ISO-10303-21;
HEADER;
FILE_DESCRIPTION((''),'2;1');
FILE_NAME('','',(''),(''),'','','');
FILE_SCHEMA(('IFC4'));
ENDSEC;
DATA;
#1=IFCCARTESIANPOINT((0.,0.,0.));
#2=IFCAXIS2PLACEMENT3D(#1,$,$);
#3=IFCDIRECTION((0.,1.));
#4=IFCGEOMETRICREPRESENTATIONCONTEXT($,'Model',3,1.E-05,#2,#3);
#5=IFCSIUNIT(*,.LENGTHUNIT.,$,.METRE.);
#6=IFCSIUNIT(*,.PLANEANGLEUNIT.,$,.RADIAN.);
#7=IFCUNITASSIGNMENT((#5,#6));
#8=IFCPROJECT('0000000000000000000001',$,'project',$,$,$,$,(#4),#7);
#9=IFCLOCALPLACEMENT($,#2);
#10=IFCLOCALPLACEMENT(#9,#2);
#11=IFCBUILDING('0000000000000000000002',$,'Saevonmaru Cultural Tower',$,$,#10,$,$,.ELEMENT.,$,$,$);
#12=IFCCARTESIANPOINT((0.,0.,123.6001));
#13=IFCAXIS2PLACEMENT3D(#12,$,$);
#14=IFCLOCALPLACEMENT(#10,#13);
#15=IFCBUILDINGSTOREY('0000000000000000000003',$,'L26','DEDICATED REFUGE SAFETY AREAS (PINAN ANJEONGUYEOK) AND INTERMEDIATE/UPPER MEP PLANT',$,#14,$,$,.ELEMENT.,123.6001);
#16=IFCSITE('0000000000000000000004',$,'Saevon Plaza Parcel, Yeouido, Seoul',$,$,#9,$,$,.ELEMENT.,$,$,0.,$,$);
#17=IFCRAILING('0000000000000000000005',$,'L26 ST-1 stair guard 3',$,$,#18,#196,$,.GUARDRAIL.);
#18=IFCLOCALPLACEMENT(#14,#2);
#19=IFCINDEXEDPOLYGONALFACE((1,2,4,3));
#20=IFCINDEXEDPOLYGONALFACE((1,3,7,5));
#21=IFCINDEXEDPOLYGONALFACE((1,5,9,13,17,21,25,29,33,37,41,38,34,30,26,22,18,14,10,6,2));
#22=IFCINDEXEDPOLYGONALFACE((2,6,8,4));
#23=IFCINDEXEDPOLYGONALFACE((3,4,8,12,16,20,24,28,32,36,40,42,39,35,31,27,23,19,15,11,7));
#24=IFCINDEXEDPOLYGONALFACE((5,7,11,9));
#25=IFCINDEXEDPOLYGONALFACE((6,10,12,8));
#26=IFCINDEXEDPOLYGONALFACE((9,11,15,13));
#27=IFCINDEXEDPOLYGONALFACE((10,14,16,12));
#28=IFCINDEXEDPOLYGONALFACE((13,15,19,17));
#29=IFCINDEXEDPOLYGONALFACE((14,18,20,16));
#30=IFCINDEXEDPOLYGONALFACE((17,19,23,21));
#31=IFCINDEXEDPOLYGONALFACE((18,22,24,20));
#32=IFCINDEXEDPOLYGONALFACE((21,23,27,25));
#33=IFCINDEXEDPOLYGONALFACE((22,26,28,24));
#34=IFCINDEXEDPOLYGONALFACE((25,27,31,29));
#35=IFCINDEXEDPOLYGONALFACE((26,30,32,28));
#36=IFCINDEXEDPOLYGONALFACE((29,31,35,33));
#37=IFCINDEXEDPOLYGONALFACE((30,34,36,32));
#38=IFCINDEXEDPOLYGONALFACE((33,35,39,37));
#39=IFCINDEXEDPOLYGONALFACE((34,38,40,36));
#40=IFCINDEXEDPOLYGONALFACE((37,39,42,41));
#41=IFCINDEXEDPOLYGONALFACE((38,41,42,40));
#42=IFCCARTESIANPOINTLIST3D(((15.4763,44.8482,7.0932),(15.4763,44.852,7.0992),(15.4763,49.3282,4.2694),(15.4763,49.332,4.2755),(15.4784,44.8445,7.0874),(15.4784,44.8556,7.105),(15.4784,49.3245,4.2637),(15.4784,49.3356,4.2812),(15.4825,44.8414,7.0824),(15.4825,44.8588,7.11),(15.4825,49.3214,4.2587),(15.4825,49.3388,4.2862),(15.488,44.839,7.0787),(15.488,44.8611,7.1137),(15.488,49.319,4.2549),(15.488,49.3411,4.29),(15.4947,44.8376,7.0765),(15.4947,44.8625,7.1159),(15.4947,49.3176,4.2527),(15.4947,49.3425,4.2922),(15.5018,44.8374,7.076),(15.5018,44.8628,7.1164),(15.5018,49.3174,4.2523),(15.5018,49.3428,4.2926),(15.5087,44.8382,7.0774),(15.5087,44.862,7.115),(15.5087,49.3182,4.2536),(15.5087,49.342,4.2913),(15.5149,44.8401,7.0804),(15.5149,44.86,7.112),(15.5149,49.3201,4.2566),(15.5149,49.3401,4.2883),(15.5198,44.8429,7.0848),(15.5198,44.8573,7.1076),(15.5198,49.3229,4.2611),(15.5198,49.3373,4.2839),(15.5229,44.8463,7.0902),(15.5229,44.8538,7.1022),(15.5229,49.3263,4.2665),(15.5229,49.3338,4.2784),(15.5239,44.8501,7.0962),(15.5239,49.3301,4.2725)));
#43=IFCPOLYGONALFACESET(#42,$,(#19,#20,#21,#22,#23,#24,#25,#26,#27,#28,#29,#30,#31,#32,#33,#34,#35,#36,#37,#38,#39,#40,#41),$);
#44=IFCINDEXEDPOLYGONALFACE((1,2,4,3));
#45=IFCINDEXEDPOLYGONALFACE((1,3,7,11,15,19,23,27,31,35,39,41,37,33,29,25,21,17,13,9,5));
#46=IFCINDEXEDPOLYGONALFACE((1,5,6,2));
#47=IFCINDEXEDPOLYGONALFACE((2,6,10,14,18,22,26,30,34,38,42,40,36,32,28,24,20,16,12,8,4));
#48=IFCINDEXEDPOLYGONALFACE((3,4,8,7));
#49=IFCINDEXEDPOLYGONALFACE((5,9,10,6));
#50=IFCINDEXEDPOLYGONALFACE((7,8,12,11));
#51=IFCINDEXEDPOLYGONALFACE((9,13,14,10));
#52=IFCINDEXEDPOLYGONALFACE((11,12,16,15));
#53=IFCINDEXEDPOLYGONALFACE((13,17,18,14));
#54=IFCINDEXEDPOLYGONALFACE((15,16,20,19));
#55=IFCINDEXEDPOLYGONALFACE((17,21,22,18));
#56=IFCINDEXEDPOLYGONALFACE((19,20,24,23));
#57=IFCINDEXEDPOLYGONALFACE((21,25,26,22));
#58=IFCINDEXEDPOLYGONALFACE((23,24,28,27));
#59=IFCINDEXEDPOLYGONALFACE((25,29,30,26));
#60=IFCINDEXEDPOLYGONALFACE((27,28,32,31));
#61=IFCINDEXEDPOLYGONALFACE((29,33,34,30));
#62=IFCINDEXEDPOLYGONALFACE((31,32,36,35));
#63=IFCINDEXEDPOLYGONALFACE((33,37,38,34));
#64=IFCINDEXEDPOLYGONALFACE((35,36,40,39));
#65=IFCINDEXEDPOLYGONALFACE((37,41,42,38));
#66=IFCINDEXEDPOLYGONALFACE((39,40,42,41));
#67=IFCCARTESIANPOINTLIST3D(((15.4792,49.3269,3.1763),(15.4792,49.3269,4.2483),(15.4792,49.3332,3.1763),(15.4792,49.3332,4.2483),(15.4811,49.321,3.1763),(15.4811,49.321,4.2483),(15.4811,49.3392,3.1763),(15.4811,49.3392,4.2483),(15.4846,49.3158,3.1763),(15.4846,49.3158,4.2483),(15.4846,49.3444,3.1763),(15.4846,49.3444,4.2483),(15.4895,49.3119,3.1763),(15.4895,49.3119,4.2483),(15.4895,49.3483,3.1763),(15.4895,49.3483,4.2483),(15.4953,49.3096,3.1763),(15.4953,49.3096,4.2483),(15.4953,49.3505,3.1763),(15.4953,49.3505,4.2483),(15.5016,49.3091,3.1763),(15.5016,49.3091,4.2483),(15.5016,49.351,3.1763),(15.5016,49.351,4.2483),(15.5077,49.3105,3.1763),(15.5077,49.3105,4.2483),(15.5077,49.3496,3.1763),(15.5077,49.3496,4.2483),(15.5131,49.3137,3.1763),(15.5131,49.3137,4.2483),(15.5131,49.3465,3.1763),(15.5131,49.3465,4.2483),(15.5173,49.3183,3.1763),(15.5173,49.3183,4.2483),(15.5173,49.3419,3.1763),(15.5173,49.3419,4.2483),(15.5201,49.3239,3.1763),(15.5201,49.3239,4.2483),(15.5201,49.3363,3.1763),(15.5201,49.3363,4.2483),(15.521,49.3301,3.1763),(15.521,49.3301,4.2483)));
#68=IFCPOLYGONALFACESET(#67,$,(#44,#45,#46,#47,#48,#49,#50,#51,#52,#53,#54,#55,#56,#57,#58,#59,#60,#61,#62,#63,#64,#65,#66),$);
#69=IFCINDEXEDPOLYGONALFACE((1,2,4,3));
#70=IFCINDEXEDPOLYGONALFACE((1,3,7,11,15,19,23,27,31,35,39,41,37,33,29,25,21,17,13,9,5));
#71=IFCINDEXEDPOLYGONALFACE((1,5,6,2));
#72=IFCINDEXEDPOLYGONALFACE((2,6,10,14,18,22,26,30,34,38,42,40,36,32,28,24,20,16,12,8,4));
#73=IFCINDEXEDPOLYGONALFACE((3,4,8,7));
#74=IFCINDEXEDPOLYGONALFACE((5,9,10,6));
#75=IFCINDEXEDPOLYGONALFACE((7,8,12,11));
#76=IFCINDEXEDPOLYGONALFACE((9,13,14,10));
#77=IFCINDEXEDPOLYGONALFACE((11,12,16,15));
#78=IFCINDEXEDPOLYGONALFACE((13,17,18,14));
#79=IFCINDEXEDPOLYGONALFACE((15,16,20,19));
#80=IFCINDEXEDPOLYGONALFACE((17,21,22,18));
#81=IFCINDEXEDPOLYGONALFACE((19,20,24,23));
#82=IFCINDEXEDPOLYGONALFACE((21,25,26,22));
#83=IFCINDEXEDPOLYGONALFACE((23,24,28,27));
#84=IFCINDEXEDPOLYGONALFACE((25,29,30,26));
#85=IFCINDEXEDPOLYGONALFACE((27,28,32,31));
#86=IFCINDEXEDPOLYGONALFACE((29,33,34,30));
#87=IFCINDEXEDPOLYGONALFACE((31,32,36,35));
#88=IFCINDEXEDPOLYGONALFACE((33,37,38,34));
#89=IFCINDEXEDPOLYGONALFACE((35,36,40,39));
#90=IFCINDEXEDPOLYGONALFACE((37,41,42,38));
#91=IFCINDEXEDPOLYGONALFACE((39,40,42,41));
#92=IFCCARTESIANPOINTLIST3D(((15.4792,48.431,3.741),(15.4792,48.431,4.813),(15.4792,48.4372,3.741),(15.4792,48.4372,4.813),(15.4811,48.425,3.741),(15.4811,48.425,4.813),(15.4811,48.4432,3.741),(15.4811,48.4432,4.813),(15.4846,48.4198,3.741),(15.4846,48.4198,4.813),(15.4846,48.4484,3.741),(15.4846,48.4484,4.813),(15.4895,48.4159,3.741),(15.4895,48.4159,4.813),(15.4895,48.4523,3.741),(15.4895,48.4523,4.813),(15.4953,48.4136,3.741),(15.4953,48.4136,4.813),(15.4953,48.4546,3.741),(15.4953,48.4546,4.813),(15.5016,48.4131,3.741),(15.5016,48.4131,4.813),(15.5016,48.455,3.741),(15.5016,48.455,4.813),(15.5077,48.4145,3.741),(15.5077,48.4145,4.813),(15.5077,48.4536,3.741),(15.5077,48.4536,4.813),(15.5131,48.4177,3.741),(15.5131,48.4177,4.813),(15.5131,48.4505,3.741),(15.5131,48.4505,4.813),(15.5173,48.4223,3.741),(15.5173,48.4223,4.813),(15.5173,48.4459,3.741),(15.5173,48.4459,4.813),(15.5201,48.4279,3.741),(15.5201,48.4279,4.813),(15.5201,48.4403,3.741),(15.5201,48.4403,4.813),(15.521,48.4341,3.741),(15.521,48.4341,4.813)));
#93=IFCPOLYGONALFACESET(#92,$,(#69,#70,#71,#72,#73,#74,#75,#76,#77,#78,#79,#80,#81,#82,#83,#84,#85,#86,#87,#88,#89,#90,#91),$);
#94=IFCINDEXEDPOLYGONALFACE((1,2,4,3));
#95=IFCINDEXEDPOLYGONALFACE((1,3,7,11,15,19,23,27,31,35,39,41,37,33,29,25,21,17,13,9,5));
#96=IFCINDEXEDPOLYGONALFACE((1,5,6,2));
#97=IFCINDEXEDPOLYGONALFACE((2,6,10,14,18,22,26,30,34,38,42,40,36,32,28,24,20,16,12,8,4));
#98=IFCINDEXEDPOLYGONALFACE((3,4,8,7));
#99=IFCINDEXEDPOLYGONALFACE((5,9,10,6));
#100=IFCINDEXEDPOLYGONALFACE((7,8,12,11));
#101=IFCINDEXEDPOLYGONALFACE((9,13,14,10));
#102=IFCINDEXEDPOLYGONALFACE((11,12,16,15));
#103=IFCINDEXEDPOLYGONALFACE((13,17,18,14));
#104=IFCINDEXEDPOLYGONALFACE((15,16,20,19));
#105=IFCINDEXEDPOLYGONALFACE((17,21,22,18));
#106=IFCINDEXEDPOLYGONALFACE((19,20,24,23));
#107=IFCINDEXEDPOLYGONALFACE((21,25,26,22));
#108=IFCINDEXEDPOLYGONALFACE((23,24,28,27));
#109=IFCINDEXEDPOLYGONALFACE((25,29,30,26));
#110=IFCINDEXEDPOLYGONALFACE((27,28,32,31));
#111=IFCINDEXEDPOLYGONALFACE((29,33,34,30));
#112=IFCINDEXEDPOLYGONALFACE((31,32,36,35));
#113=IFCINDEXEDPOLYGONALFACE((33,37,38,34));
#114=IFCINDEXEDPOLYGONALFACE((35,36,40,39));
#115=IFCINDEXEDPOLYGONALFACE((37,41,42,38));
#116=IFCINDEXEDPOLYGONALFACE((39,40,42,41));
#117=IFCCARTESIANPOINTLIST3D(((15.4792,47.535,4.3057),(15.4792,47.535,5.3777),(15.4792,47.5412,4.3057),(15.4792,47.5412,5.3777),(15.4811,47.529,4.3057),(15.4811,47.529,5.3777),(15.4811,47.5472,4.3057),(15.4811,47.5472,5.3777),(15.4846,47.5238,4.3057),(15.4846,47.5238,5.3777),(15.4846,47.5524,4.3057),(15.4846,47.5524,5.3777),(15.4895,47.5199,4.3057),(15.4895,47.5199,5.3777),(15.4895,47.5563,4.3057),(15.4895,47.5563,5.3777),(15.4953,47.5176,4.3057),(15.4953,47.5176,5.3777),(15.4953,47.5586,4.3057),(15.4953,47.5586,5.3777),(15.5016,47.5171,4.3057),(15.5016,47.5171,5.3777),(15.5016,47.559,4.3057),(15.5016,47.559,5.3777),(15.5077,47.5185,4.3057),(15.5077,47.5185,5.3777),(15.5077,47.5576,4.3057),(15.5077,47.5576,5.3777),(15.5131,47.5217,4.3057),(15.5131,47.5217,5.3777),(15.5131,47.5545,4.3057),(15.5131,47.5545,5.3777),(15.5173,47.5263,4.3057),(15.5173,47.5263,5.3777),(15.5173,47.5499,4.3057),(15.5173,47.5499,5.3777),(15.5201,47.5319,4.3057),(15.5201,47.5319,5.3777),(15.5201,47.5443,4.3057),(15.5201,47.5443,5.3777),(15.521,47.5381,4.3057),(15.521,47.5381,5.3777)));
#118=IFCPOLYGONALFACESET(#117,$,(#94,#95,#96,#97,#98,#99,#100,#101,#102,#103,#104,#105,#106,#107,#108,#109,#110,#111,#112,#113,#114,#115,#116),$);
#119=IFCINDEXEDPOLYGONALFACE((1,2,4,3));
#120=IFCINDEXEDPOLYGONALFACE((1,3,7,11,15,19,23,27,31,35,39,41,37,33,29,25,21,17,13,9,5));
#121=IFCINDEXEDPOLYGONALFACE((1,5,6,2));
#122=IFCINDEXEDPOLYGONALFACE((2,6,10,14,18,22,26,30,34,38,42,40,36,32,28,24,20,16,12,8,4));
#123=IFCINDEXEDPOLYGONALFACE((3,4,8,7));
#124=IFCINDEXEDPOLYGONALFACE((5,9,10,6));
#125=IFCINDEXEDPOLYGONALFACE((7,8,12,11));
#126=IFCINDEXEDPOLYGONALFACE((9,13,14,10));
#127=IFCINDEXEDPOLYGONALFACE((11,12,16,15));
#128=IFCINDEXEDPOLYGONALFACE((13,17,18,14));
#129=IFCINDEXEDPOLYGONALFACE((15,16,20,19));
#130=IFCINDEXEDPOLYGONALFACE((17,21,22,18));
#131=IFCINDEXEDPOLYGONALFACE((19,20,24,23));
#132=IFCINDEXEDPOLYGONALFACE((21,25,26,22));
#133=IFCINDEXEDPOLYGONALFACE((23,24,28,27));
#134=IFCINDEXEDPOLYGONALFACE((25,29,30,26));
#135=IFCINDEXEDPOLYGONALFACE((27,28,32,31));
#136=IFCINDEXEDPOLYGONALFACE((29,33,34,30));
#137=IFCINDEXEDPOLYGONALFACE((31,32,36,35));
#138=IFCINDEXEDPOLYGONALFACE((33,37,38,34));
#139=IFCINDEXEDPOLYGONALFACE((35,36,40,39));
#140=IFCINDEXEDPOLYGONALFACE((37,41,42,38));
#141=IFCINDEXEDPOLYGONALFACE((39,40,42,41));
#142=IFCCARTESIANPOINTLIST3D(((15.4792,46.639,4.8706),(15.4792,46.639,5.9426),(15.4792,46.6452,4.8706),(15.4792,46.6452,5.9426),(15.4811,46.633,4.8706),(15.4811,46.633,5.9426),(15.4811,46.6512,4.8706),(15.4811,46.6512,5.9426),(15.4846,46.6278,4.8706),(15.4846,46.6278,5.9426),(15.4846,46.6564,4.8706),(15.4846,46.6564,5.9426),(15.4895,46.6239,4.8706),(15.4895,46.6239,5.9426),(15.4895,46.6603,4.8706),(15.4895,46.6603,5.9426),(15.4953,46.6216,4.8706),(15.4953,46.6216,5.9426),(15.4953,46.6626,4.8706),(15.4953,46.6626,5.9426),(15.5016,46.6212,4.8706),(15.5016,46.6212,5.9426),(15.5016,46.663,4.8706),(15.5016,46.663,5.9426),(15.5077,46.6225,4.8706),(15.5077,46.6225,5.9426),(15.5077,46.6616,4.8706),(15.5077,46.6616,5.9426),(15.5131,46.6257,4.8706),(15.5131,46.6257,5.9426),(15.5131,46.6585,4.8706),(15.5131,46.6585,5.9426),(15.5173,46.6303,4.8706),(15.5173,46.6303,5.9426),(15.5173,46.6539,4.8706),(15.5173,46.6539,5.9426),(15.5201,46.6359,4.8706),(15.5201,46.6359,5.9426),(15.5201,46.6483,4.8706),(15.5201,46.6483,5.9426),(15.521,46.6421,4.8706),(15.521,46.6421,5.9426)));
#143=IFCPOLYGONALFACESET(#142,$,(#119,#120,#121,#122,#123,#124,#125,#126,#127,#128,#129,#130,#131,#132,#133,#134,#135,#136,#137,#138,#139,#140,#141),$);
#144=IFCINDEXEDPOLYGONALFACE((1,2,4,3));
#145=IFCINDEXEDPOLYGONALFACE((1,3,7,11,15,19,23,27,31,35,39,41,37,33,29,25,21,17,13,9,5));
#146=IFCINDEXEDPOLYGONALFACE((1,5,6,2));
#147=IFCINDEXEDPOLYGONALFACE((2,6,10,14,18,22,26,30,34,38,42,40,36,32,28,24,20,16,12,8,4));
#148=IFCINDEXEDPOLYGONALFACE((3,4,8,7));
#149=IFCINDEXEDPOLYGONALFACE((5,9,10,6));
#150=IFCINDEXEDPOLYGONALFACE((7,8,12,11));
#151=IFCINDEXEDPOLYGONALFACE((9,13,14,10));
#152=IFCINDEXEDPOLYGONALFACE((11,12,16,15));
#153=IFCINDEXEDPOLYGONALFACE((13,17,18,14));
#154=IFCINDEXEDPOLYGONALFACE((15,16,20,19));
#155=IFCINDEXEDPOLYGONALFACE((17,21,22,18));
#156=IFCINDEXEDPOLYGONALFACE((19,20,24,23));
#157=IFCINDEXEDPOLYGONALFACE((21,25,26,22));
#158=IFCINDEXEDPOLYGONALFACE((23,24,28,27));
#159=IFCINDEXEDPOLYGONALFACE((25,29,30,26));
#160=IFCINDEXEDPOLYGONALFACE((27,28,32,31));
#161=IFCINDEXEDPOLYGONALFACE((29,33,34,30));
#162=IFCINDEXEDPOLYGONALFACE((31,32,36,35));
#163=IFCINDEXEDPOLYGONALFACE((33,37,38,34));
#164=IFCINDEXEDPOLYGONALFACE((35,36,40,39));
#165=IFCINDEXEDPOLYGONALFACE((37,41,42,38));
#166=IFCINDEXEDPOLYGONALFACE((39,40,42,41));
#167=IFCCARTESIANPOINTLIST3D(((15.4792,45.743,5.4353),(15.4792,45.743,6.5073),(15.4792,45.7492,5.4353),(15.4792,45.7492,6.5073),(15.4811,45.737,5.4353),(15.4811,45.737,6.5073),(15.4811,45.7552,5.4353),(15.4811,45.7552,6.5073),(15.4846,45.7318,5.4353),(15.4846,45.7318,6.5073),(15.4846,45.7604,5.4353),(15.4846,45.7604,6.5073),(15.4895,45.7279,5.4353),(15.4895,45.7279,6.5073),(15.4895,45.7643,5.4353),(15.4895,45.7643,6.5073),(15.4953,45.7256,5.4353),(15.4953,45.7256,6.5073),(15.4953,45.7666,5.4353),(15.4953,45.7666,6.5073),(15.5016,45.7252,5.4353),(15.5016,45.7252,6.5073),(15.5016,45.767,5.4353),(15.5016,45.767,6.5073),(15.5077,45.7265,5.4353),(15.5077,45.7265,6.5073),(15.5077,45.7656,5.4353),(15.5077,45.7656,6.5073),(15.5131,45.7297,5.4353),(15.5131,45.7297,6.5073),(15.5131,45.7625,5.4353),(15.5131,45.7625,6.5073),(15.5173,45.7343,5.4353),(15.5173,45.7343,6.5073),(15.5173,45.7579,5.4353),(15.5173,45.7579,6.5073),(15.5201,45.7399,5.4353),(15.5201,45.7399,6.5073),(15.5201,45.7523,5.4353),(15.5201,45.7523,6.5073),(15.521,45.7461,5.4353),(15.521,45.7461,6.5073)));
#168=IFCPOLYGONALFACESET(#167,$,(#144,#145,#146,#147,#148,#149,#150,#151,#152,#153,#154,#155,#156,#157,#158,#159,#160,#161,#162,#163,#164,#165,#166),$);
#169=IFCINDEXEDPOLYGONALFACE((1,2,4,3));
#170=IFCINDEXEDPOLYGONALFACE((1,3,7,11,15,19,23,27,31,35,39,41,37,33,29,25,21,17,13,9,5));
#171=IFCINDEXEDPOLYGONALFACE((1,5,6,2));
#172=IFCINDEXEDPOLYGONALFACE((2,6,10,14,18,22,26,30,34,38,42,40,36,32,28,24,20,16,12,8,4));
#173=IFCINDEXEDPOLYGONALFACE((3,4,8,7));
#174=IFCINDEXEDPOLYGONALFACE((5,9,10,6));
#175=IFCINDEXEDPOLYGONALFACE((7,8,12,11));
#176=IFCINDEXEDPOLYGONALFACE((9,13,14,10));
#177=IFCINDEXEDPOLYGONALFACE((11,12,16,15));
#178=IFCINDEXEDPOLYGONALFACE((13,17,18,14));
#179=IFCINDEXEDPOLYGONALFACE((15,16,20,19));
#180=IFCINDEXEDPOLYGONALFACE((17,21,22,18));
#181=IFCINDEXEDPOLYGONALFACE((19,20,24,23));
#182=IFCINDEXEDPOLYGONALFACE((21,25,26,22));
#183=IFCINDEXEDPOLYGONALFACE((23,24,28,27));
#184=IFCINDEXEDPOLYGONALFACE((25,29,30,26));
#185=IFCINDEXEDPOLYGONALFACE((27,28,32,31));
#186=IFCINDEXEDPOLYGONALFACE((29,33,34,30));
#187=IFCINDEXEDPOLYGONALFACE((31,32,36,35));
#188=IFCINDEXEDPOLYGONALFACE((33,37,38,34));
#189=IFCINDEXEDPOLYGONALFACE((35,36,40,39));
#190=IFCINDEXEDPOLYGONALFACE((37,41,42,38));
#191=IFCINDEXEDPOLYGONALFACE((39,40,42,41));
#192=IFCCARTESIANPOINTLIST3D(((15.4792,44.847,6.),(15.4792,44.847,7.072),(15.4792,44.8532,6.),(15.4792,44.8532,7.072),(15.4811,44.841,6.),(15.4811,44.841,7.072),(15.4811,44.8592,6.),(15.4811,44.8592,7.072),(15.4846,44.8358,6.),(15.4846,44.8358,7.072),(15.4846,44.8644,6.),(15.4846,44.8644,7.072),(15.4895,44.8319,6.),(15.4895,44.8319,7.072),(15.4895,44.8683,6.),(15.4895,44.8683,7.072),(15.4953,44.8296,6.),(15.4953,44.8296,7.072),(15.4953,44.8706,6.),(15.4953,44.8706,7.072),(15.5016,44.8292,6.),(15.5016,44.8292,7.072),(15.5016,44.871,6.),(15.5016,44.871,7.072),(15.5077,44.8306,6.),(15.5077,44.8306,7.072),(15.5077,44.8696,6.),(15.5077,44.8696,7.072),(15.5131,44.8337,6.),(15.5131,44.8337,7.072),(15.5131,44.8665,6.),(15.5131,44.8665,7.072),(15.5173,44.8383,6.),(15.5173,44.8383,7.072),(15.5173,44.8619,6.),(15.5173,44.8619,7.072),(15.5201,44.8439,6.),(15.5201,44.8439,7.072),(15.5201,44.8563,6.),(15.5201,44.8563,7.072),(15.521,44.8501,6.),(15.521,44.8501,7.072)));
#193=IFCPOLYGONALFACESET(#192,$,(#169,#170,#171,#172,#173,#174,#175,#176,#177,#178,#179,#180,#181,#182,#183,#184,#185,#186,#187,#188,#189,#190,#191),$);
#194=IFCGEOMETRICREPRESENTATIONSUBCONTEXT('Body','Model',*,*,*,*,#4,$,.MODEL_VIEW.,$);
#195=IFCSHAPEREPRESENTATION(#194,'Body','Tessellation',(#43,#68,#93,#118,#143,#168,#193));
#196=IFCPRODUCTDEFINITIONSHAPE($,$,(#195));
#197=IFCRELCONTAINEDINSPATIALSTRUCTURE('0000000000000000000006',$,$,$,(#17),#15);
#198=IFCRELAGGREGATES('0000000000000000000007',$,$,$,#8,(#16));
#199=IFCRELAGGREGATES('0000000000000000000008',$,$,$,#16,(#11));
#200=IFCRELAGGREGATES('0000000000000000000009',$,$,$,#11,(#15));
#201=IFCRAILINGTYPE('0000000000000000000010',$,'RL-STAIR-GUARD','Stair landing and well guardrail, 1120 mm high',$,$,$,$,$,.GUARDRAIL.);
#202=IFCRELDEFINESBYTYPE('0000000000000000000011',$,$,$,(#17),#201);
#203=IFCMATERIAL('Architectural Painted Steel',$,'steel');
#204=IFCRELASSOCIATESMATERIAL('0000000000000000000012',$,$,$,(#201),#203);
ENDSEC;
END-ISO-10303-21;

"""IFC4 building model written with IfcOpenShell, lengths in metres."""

from ifc_helpers import new_model, si_unit, direction, frame, origin, origin_2d, place, context, subcontext, project, spatial, circle, extrude, material, type_object, element, save


model = new_model("IFC4")

# Units and contexts
model_context = context("Model", 3, precision=1e-05, world=origin(), true_north=direction((0.0, 1.0)))
body_context = subcontext(model_context, "Body", "Model", "MODEL_VIEW")
ifc_project = project(units=[si_unit("LENGTHUNIT", "METRE"), si_unit("PLANEANGLEUNIT", "RADIAN")], contexts=[model_context])

# Site, building, storey
site_placement = place(None, origin())
site = spatial("IfcSite", under=ifc_project, at=site_placement, Name="Saevon Plaza Parcel, Yeouido, Seoul", CompositionType="ELEMENT", RefElevation=0.0)
building_placement = place(site_placement, origin())
building = spatial("IfcBuilding", under=site, at=building_placement, Name="Saevonmaru Cultural Tower", CompositionType="ELEMENT")
storey_placement = place(building_placement, frame((0.0, 0.0, 123.6001)))
storey = spatial("IfcBuildingStorey", under=building, at=storey_placement, Name="L26", Description="DEDICATED REFUGE SAFETY AREAS (PINAN ANJEONGUYEOK) AND INTERMEDIATE/UPPER MEP PLANT", CompositionType="ELEMENT", Elevation=123.6001)

# Railing
ifc_material_1 = material(Name="Architectural Painted Steel", Category="steel")
railing_type_1 = type_object("IfcRailingType", Name="RL-STAIR-GUARD", Description="Stair landing and well guardrail, 1120 mm high", PredefinedType="GUARDRAIL", material=ifc_material_1)
railing_1_placement = place(storey_placement, frame((15.5, 49.3301, 3.1763)))
element("IfcRailing", 1, at=railing_1_placement, inside=storey, type_object=railing_type_1, Name="L26 ST-1 stair guard 3", PredefinedType="GUARDRAIL", context=body_context, shape_type="SweptSolid", body=[
    extrude(circle(Radius=0.0239, at=origin_2d()), frame((0.0, 0.0, 1.0962), z_axis=(0.0, -0.845977, 0.533219), x_axis=(1.0, 0.0, 0.0)), (0.0, 0.0, 1.0), 5.2957),
    extrude(circle(Radius=0.021, at=origin_2d()), origin(), (0.0, 0.0, 1.0), 1.072),
    extrude(circle(Radius=0.021, at=origin_2d()), frame((0.0, -0.896, 0.5647)), (0.0, 0.0, 1.0), 1.072),
    extrude(circle(Radius=0.021, at=origin_2d()), frame((0.0, -1.792, 1.1294)), (0.0, 0.0, 1.0), 1.072),
    extrude(circle(Radius=0.021, at=origin_2d()), frame((0.0, -2.688, 1.6943)), (0.0, 0.0, 1.0), 1.072),
    extrude(circle(Radius=0.021, at=origin_2d()), frame((0.0, -3.584, 2.259)), (0.0, 0.0, 1.0), 1.072),
    extrude(circle(Radius=0.021, at=origin_2d()), frame((0.0, -4.48, 2.8237)), (0.0, 0.0, 1.0), 1.072),
])

save(model, "model.ifc")
